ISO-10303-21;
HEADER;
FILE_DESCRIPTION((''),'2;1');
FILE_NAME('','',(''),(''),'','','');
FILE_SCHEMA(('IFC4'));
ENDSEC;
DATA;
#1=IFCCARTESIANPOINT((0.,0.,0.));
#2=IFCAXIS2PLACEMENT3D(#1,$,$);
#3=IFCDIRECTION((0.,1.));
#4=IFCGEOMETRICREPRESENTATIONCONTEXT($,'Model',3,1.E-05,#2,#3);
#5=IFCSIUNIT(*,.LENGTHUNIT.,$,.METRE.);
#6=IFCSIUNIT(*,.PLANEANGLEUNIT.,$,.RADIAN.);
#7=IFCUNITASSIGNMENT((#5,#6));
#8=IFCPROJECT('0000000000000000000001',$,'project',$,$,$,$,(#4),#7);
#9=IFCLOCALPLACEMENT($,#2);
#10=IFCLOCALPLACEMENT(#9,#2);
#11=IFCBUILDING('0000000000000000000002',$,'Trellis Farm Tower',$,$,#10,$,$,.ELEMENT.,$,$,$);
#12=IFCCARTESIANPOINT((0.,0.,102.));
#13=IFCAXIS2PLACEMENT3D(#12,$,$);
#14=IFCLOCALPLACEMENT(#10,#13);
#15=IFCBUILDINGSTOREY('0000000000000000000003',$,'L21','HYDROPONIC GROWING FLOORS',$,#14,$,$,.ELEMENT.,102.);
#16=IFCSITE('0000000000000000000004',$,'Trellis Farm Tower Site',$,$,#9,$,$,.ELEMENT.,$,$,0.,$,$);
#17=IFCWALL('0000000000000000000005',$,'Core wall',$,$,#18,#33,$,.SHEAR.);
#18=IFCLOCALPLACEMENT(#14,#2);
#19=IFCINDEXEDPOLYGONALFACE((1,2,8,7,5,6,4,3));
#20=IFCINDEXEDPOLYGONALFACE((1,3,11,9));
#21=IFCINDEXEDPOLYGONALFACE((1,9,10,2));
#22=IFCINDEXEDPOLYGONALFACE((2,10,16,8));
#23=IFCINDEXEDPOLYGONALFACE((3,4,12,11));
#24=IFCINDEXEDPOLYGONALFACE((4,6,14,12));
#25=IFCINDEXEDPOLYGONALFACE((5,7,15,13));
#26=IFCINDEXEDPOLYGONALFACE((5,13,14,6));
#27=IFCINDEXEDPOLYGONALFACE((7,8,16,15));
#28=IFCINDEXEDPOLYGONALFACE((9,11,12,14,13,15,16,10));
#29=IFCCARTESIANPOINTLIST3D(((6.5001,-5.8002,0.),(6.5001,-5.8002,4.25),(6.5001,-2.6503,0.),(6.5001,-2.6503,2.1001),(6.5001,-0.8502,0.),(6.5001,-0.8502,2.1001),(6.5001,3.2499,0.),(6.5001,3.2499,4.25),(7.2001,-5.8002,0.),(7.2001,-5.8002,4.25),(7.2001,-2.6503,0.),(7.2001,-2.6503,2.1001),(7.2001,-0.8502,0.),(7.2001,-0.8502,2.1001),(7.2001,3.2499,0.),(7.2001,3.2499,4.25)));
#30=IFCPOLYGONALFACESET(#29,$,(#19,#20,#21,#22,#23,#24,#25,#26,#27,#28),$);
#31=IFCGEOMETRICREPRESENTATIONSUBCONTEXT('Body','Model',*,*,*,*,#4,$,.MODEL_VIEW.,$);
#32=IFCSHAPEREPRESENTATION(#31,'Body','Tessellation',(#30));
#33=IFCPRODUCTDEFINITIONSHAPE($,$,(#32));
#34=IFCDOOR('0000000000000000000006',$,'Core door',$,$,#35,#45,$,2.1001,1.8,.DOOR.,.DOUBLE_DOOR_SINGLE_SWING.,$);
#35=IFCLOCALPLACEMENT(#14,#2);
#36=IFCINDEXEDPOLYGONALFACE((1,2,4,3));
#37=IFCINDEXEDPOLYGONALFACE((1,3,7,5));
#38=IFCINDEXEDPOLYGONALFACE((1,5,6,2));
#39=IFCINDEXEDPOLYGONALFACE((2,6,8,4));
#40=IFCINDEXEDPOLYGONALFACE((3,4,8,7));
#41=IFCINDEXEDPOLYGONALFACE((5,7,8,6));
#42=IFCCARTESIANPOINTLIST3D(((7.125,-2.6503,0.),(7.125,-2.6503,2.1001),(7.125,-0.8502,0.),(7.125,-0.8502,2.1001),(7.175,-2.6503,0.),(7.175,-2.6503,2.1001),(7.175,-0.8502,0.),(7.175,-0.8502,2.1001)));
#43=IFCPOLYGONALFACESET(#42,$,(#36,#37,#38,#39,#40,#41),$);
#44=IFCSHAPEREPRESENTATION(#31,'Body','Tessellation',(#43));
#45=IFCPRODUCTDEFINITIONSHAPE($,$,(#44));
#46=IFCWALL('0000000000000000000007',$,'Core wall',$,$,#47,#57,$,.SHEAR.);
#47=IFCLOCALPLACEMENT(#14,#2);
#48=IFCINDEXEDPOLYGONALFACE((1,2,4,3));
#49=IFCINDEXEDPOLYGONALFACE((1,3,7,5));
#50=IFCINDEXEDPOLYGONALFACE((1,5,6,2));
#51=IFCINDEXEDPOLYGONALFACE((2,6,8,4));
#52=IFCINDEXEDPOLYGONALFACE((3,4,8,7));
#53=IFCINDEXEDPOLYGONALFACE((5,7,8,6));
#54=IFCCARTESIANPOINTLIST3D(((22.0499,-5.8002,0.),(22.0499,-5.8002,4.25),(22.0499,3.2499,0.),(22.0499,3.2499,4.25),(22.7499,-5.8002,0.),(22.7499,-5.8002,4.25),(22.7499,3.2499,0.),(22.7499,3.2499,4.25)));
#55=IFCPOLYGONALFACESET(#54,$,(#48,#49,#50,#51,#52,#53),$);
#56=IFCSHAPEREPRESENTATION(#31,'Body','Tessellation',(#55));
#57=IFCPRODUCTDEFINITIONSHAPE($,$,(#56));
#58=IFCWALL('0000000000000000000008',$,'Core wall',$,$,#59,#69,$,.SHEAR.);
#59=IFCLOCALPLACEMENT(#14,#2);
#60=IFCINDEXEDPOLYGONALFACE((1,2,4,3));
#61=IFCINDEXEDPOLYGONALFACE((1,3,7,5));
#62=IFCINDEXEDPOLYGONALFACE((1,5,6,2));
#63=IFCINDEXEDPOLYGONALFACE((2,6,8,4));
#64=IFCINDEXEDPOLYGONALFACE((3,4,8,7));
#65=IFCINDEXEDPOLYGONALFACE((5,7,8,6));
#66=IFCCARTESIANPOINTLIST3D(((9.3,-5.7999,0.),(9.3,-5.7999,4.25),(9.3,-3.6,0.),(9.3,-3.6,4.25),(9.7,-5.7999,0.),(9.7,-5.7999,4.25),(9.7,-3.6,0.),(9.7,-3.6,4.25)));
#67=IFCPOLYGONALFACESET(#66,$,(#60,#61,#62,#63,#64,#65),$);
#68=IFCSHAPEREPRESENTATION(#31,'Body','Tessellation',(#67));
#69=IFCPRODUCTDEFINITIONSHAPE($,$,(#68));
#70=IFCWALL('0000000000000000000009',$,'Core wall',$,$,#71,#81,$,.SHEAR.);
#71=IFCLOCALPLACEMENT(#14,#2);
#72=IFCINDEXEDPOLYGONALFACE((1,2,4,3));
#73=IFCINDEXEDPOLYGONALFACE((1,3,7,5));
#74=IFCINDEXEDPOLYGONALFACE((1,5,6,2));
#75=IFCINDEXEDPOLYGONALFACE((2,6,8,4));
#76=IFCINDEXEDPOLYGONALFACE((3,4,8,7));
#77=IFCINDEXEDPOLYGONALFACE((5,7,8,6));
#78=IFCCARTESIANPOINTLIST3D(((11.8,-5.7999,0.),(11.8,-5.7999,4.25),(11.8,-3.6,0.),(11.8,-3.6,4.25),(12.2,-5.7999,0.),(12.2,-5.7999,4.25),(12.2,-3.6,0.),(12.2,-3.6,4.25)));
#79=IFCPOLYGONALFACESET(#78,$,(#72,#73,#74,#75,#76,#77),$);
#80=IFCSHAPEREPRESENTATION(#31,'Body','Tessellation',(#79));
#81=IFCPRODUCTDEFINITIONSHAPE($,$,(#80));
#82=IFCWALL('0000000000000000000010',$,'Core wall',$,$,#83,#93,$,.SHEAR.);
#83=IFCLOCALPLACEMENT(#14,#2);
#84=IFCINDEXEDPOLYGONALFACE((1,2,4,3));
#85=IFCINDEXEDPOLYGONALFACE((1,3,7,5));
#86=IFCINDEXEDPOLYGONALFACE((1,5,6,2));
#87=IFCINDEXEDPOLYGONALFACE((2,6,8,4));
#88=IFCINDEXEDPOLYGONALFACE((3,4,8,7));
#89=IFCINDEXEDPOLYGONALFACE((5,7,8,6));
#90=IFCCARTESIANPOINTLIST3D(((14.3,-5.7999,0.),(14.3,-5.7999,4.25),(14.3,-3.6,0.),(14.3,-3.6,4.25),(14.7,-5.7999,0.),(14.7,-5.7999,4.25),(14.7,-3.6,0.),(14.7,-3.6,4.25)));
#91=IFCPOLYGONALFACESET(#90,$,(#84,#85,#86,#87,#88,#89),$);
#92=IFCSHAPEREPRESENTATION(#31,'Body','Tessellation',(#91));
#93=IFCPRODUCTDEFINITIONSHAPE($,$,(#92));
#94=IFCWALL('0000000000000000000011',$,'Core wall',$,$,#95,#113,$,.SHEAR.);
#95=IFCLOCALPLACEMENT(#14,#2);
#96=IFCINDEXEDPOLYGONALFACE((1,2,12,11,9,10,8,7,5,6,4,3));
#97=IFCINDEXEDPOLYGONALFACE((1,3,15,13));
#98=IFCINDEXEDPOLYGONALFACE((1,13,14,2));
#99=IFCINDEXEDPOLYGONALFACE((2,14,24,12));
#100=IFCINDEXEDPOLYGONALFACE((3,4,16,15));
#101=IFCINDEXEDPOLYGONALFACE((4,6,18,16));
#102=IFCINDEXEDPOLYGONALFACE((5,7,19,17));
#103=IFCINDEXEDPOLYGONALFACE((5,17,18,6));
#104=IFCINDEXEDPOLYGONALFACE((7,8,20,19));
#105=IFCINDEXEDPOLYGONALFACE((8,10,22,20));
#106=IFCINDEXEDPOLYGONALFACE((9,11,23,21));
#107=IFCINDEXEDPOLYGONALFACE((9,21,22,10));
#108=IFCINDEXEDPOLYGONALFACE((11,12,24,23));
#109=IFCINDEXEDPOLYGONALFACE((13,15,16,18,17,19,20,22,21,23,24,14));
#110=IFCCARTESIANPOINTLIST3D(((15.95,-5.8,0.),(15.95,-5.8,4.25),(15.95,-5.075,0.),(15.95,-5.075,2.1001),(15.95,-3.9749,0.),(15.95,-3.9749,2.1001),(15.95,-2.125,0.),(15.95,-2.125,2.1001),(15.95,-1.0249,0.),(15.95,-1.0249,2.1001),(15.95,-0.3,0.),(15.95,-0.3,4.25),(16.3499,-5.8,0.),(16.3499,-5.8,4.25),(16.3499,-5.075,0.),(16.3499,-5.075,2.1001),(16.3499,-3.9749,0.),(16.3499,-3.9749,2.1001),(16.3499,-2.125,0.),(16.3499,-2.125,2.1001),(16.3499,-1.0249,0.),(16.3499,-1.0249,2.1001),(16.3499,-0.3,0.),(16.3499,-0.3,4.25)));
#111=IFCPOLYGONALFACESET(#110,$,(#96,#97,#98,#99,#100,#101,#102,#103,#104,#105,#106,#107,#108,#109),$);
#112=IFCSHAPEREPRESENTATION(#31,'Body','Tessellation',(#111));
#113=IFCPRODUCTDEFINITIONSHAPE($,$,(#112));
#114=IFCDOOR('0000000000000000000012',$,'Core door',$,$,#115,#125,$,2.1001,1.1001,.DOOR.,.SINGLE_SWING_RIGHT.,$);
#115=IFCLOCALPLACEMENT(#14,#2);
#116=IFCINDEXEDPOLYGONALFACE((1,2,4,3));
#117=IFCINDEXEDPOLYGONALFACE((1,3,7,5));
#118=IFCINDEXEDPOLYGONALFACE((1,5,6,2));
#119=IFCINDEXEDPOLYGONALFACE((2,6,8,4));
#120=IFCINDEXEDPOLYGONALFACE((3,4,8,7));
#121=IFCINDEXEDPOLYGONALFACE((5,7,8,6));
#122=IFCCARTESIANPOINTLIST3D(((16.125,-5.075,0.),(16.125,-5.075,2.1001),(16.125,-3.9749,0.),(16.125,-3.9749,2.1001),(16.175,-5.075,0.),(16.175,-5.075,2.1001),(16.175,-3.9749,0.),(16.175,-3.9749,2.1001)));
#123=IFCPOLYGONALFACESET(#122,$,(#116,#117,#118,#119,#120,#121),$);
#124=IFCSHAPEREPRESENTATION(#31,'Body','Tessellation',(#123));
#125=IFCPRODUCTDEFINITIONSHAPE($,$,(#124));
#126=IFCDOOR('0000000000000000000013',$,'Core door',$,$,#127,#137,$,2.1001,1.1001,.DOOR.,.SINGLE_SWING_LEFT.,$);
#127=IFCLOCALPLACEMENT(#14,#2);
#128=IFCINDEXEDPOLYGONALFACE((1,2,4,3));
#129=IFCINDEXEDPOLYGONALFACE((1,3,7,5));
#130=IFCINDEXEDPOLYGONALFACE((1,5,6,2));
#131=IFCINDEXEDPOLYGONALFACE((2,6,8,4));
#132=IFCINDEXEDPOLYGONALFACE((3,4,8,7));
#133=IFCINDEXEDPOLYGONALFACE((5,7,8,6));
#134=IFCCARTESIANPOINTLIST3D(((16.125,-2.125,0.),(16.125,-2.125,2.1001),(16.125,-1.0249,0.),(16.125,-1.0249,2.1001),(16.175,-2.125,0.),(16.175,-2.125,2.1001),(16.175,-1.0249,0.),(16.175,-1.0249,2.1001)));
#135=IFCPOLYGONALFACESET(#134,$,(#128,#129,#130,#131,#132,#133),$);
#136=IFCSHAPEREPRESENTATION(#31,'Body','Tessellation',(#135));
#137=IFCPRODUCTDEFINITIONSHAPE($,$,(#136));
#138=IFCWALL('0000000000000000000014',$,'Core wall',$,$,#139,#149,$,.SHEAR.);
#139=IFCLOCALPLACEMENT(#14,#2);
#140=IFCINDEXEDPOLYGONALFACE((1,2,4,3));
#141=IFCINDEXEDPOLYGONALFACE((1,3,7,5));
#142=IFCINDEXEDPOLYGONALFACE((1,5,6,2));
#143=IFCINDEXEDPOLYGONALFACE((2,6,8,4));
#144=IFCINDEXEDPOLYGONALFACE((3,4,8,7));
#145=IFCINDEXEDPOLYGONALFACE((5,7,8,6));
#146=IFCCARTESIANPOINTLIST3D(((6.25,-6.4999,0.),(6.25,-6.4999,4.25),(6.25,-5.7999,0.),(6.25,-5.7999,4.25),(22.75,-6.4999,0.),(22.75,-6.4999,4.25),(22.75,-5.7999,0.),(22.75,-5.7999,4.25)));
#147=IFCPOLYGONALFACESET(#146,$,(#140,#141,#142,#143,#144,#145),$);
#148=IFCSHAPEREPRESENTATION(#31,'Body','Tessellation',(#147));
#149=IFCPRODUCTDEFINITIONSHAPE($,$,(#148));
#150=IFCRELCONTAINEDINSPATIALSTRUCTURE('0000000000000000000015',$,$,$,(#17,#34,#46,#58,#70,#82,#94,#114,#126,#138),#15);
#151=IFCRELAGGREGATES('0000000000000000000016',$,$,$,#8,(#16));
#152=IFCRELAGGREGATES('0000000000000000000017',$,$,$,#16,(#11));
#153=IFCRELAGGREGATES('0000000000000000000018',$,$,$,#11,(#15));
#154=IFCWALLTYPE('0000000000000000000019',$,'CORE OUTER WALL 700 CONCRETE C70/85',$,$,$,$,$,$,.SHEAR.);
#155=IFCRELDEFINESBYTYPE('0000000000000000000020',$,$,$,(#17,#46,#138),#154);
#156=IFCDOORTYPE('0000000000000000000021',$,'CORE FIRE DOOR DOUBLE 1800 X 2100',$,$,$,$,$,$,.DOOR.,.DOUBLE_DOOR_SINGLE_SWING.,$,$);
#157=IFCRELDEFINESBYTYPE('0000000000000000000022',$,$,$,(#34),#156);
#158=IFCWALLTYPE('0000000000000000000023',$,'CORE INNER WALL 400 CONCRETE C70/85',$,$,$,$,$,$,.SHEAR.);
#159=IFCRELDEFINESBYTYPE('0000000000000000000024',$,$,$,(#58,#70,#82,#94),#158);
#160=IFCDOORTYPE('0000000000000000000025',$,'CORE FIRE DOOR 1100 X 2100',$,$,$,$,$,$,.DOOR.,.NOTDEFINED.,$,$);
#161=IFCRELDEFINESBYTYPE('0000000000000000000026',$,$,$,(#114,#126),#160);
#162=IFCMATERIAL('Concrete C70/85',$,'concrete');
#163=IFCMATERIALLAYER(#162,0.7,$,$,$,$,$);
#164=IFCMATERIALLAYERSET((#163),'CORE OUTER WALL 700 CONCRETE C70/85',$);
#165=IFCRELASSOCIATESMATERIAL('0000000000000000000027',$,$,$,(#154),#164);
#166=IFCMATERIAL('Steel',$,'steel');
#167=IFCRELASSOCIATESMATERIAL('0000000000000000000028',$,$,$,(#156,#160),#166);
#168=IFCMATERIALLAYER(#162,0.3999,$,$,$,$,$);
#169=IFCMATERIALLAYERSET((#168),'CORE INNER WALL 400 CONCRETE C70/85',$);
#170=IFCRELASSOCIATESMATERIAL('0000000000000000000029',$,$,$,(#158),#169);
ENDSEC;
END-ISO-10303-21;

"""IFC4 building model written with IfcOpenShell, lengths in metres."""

from ifc_helpers import new_model, si_unit, direction, frame, frame_2d, origin, place, context, subcontext, project, spatial, rectangle, extrude, source, transform, mapped, material, layer, layer_set, type_object, element, fill, save


model = new_model("IFC4")

# Units and contexts
model_context = context("Model", 3, precision=1e-05, world=origin(), true_north=direction((0.0, 1.0)))
body_context = subcontext(model_context, "Body", "Model", "MODEL_VIEW")
ifc_project = project(units=[si_unit("LENGTHUNIT", "METRE"), si_unit("PLANEANGLEUNIT", "RADIAN")], contexts=[model_context])

# Site, building, storey
site_placement = place(None, origin())
site = spatial("IfcSite", under=ifc_project, at=site_placement, Name="Trellis Farm Tower Site", CompositionType="ELEMENT", RefElevation=0.0)
building_placement = place(site_placement, origin())
building = spatial("IfcBuilding", under=site, at=building_placement, Name="Trellis Farm Tower", CompositionType="ELEMENT")
storey_placement = place(building_placement, frame((0.0, 0.0, 102.0)))
storey = spatial("IfcBuildingStorey", under=building, at=storey_placement, Name="L21", Description="HYDROPONIC GROWING FLOORS", CompositionType="ELEMENT", Elevation=102.0)

# Wall, opening, door
ifc_material_1 = material(Name="Concrete C70/85", Category="concrete")
ifc_layer_1 = layer(ifc_material_1, 0.7)
ifc_layer_set_1 = layer_set([ifc_layer_1], Name="CORE OUTER WALL 700 CONCRETE C70/85")
wall_type_1 = type_object("IfcWallType", Name="CORE OUTER WALL 700 CONCRETE C70/85", PredefinedType="SHEAR", material=ifc_layer_set_1)
shared_shape_1 = source(origin(), body_context, "Body", "SweptSolid", [
    extrude(rectangle(XDim=9.05, YDim=0.7, at=frame_2d((4.5249, 0.0))), origin(), (0.0, 0.0, 1.0), 4.25),
])
wall_1_placement = place(storey_placement, frame((6.8501, -5.8, 0.0), z_axis=(0.0, 0.0, 1.0), x_axis=(0.0, 1.0, 0.0)))
wall_1 = element("IfcWall", 1, at=wall_1_placement, inside=storey, type_object=wall_type_1, Name="Core wall", PredefinedType="SHEAR", context=body_context, shape_type="MappedRepresentation", body=[
    mapped(shared_shape_1, transform((0.0, 0.0, 0.0))),
])
shared_shape_2 = source(origin(), body_context, "Body", "SweptSolid", [
    extrude(rectangle(XDim=1.8, YDim=2.1001, at=frame_2d((0.8999, 1.05))), frame((0.0, 0.3601, 0.0), z_axis=(0.0, -1.0, 0.0), x_axis=(1.0, 0.0, 0.0)), (0.0, 0.0, 1.0), 0.7202),
])
opening_1_placement = place(wall_1_placement, frame((3.1499, 0.0, 0.0)))
opening_1 = element("IfcOpeningElement", 2, at=opening_1_placement, cuts=wall_1, PredefinedType="OPENING", context=body_context, shape_type="MappedRepresentation", body=[
    mapped(shared_shape_2, transform((0.0, 0.0, 0.0))),
])
ifc_material_2 = material(Name="Steel", Category="steel")
door_type_1 = type_object("IfcDoorType", Name="CORE FIRE DOOR DOUBLE 1800 X 2100", OperationType="DOUBLE_DOOR_SINGLE_SWING", PredefinedType="DOOR", material=ifc_material_2)
shared_shape_3 = source(origin(), body_context, "Body", "SweptSolid", [
    extrude(rectangle(XDim=1.8, YDim=2.1001, at=frame_2d((0.8999, 1.05))), frame((0.0, -0.2749, 0.0), z_axis=(0.0, -1.0, 0.0), x_axis=(1.0, 0.0, 0.0)), (0.0, 0.0, 1.0), 0.05),
])
door_1_placement = place(opening_1_placement, origin())
door_1 = element("IfcDoor", 3, at=door_1_placement, inside=storey, type_object=door_type_1, Name="Core door", OperationType="DOUBLE_DOOR_SINGLE_SWING", OverallHeight=2.1001, OverallWidth=1.8, PredefinedType="DOOR", context=body_context, shape_type="MappedRepresentation", body=[
    mapped(shared_shape_3, transform((0.0, 0.0, 0.0))),
])
fill(opening_1, door_1)

# Walls
wall_2_placement = place(storey_placement, frame((22.3999, -5.8, 0.0), z_axis=(0.0, 0.0, 1.0), x_axis=(0.0, 1.0, 0.0)))
element("IfcWall", 4, at=wall_2_placement, inside=storey, type_object=wall_type_1, Name="Core wall", PredefinedType="SHEAR", context=body_context, shape_type="MappedRepresentation", body=[
    mapped(shared_shape_1, transform((0.0, 0.0, 0.0))),
])
ifc_layer_2 = layer(ifc_material_1, 0.3999)
ifc_layer_set_2 = layer_set([ifc_layer_2], Name="CORE INNER WALL 400 CONCRETE C70/85")
wall_type_2 = type_object("IfcWallType", Name="CORE INNER WALL 400 CONCRETE C70/85", PredefinedType="SHEAR", material=ifc_layer_set_2)
shared_shape_4 = source(origin(), body_context, "Body", "SweptSolid", [
    extrude(rectangle(XDim=2.2, YDim=0.3999, at=frame_2d((1.1001, 0.0))), origin(), (0.0, 0.0, 1.0), 4.25),
])
for number, where, z_axis, x_axis, name in (
    (5, (9.5, -5.8, 0.0), (0.0, 0.0, 1.0), (0.0, 1.0, 0.0), "Core wall"),
    (6, (12.0, -5.8, 0.0), (0.0, 0.0, 1.0), (0.0, 1.0, 0.0), "Core wall"),
    (7, (14.5, -5.8, 0.0), (0.0, 0.0, 1.0), (0.0, 1.0, 0.0), "Core wall"),
):
    element("IfcWall", number, at=place(storey_placement, frame(where, z_axis=z_axis, x_axis=x_axis)), inside=storey, type_object=wall_type_2, Name=name, PredefinedType="SHEAR", context=body_context, shape_type="MappedRepresentation", body=[
        mapped(shared_shape_4, transform((0.0, 0.0, 0.0))),
    ])

# Wall, openings, doors
shared_shape_5 = source(origin(), body_context, "Body", "SweptSolid", [
    extrude(rectangle(XDim=5.5, YDim=0.3999, at=frame_2d((2.75, 0.0))), origin(), (0.0, 0.0, 1.0), 4.25),
])
wall_3_placement = place(storey_placement, frame((16.1499, -5.8, 0.0), z_axis=(0.0, 0.0, 1.0), x_axis=(0.0, 1.0, 0.0)))
wall_3 = element("IfcWall", 8, at=wall_3_placement, inside=storey, type_object=wall_type_2, Name="Core wall", PredefinedType="SHEAR", context=body_context, shape_type="MappedRepresentation", body=[
    mapped(shared_shape_5, transform((0.0, 0.0, 0.0))),
])
shared_shape_6 = source(origin(), body_context, "Body", "SweptSolid", [
    extrude(rectangle(XDim=1.1001, YDim=2.1001, at=frame_2d((0.55, 1.05))), frame((0.0, 0.21, 0.0), z_axis=(0.0, -1.0, 0.0), x_axis=(1.0, 0.0, 0.0)), (0.0, 0.0, 1.0), 0.4199),
])
opening_2_placement = place(wall_3_placement, frame((0.7251, 0.0, 0.0)))
opening_2 = element("IfcOpeningElement", 9, at=opening_2_placement, cuts=wall_3, PredefinedType="OPENING", context=body_context, shape_type="MappedRepresentation", body=[
    mapped(shared_shape_6, transform((0.0, 0.0, 0.0))),
])
opening_3_placement = place(wall_3_placement, frame((3.675, 0.0, 0.0)))
opening_3 = element("IfcOpeningElement", 10, at=opening_3_placement, cuts=wall_3, PredefinedType="OPENING", context=body_context, shape_type="MappedRepresentation", body=[
    mapped(shared_shape_6, transform((0.0, 0.0, 0.0))),
])
door_type_2 = type_object("IfcDoorType", Name="CORE FIRE DOOR 1100 X 2100", OperationType="NOTDEFINED", PredefinedType="DOOR", material=ifc_material_2)
shared_shape_7 = source(origin(), body_context, "Body", "SweptSolid", [
    extrude(rectangle(XDim=1.1001, YDim=2.1001, at=frame_2d((0.55, 1.05))), frame((0.0, 0.0249, 0.0), z_axis=(0.0, -1.0, 0.0), x_axis=(1.0, 0.0, 0.0)), (0.0, 0.0, 1.0), 0.05),
])
door_2_placement = place(opening_2_placement, origin())
door_2 = element("IfcDoor", 11, at=door_2_placement, inside=storey, type_object=door_type_2, Name="Core door", OperationType="SINGLE_SWING_RIGHT", OverallHeight=2.1001, OverallWidth=1.1001, PredefinedType="DOOR", context=body_context, shape_type="MappedRepresentation", body=[
    mapped(shared_shape_7, transform((0.0, 0.0, 0.0))),
])
fill(opening_2, door_2)
door_3_placement = place(opening_3_placement, origin())
door_3 = element("IfcDoor", 12, at=door_3_placement, inside=storey, type_object=door_type_2, Name="Core door", OperationType="SINGLE_SWING_LEFT", OverallHeight=2.1001, OverallWidth=1.1001, PredefinedType="DOOR", context=body_context, shape_type="MappedRepresentation", body=[
    mapped(shared_shape_7, transform((0.0, 0.0, 0.0))),
])
fill(opening_3, door_3)

# Wall
shared_shape_8 = source(origin(), body_context, "Body", "SweptSolid", [
    extrude(rectangle(XDim=16.5, YDim=0.7, at=frame_2d((8.25, 0.0))), origin(), (0.0, 0.0, 1.0), 4.25),
])
wall_4_placement = place(storey_placement, frame((6.25, -6.1499, 0.0), z_axis=(0.0, 0.0, 1.0), x_axis=(1.0, 0.0, 0.0)))
element("IfcWall", 13, at=wall_4_placement, inside=storey, type_object=wall_type_1, Name="Core wall", PredefinedType="SHEAR", context=body_context, shape_type="MappedRepresentation", body=[
    mapped(shared_shape_8, transform((0.0, 0.0, 0.0))),
])

save(model, "model.ifc")
